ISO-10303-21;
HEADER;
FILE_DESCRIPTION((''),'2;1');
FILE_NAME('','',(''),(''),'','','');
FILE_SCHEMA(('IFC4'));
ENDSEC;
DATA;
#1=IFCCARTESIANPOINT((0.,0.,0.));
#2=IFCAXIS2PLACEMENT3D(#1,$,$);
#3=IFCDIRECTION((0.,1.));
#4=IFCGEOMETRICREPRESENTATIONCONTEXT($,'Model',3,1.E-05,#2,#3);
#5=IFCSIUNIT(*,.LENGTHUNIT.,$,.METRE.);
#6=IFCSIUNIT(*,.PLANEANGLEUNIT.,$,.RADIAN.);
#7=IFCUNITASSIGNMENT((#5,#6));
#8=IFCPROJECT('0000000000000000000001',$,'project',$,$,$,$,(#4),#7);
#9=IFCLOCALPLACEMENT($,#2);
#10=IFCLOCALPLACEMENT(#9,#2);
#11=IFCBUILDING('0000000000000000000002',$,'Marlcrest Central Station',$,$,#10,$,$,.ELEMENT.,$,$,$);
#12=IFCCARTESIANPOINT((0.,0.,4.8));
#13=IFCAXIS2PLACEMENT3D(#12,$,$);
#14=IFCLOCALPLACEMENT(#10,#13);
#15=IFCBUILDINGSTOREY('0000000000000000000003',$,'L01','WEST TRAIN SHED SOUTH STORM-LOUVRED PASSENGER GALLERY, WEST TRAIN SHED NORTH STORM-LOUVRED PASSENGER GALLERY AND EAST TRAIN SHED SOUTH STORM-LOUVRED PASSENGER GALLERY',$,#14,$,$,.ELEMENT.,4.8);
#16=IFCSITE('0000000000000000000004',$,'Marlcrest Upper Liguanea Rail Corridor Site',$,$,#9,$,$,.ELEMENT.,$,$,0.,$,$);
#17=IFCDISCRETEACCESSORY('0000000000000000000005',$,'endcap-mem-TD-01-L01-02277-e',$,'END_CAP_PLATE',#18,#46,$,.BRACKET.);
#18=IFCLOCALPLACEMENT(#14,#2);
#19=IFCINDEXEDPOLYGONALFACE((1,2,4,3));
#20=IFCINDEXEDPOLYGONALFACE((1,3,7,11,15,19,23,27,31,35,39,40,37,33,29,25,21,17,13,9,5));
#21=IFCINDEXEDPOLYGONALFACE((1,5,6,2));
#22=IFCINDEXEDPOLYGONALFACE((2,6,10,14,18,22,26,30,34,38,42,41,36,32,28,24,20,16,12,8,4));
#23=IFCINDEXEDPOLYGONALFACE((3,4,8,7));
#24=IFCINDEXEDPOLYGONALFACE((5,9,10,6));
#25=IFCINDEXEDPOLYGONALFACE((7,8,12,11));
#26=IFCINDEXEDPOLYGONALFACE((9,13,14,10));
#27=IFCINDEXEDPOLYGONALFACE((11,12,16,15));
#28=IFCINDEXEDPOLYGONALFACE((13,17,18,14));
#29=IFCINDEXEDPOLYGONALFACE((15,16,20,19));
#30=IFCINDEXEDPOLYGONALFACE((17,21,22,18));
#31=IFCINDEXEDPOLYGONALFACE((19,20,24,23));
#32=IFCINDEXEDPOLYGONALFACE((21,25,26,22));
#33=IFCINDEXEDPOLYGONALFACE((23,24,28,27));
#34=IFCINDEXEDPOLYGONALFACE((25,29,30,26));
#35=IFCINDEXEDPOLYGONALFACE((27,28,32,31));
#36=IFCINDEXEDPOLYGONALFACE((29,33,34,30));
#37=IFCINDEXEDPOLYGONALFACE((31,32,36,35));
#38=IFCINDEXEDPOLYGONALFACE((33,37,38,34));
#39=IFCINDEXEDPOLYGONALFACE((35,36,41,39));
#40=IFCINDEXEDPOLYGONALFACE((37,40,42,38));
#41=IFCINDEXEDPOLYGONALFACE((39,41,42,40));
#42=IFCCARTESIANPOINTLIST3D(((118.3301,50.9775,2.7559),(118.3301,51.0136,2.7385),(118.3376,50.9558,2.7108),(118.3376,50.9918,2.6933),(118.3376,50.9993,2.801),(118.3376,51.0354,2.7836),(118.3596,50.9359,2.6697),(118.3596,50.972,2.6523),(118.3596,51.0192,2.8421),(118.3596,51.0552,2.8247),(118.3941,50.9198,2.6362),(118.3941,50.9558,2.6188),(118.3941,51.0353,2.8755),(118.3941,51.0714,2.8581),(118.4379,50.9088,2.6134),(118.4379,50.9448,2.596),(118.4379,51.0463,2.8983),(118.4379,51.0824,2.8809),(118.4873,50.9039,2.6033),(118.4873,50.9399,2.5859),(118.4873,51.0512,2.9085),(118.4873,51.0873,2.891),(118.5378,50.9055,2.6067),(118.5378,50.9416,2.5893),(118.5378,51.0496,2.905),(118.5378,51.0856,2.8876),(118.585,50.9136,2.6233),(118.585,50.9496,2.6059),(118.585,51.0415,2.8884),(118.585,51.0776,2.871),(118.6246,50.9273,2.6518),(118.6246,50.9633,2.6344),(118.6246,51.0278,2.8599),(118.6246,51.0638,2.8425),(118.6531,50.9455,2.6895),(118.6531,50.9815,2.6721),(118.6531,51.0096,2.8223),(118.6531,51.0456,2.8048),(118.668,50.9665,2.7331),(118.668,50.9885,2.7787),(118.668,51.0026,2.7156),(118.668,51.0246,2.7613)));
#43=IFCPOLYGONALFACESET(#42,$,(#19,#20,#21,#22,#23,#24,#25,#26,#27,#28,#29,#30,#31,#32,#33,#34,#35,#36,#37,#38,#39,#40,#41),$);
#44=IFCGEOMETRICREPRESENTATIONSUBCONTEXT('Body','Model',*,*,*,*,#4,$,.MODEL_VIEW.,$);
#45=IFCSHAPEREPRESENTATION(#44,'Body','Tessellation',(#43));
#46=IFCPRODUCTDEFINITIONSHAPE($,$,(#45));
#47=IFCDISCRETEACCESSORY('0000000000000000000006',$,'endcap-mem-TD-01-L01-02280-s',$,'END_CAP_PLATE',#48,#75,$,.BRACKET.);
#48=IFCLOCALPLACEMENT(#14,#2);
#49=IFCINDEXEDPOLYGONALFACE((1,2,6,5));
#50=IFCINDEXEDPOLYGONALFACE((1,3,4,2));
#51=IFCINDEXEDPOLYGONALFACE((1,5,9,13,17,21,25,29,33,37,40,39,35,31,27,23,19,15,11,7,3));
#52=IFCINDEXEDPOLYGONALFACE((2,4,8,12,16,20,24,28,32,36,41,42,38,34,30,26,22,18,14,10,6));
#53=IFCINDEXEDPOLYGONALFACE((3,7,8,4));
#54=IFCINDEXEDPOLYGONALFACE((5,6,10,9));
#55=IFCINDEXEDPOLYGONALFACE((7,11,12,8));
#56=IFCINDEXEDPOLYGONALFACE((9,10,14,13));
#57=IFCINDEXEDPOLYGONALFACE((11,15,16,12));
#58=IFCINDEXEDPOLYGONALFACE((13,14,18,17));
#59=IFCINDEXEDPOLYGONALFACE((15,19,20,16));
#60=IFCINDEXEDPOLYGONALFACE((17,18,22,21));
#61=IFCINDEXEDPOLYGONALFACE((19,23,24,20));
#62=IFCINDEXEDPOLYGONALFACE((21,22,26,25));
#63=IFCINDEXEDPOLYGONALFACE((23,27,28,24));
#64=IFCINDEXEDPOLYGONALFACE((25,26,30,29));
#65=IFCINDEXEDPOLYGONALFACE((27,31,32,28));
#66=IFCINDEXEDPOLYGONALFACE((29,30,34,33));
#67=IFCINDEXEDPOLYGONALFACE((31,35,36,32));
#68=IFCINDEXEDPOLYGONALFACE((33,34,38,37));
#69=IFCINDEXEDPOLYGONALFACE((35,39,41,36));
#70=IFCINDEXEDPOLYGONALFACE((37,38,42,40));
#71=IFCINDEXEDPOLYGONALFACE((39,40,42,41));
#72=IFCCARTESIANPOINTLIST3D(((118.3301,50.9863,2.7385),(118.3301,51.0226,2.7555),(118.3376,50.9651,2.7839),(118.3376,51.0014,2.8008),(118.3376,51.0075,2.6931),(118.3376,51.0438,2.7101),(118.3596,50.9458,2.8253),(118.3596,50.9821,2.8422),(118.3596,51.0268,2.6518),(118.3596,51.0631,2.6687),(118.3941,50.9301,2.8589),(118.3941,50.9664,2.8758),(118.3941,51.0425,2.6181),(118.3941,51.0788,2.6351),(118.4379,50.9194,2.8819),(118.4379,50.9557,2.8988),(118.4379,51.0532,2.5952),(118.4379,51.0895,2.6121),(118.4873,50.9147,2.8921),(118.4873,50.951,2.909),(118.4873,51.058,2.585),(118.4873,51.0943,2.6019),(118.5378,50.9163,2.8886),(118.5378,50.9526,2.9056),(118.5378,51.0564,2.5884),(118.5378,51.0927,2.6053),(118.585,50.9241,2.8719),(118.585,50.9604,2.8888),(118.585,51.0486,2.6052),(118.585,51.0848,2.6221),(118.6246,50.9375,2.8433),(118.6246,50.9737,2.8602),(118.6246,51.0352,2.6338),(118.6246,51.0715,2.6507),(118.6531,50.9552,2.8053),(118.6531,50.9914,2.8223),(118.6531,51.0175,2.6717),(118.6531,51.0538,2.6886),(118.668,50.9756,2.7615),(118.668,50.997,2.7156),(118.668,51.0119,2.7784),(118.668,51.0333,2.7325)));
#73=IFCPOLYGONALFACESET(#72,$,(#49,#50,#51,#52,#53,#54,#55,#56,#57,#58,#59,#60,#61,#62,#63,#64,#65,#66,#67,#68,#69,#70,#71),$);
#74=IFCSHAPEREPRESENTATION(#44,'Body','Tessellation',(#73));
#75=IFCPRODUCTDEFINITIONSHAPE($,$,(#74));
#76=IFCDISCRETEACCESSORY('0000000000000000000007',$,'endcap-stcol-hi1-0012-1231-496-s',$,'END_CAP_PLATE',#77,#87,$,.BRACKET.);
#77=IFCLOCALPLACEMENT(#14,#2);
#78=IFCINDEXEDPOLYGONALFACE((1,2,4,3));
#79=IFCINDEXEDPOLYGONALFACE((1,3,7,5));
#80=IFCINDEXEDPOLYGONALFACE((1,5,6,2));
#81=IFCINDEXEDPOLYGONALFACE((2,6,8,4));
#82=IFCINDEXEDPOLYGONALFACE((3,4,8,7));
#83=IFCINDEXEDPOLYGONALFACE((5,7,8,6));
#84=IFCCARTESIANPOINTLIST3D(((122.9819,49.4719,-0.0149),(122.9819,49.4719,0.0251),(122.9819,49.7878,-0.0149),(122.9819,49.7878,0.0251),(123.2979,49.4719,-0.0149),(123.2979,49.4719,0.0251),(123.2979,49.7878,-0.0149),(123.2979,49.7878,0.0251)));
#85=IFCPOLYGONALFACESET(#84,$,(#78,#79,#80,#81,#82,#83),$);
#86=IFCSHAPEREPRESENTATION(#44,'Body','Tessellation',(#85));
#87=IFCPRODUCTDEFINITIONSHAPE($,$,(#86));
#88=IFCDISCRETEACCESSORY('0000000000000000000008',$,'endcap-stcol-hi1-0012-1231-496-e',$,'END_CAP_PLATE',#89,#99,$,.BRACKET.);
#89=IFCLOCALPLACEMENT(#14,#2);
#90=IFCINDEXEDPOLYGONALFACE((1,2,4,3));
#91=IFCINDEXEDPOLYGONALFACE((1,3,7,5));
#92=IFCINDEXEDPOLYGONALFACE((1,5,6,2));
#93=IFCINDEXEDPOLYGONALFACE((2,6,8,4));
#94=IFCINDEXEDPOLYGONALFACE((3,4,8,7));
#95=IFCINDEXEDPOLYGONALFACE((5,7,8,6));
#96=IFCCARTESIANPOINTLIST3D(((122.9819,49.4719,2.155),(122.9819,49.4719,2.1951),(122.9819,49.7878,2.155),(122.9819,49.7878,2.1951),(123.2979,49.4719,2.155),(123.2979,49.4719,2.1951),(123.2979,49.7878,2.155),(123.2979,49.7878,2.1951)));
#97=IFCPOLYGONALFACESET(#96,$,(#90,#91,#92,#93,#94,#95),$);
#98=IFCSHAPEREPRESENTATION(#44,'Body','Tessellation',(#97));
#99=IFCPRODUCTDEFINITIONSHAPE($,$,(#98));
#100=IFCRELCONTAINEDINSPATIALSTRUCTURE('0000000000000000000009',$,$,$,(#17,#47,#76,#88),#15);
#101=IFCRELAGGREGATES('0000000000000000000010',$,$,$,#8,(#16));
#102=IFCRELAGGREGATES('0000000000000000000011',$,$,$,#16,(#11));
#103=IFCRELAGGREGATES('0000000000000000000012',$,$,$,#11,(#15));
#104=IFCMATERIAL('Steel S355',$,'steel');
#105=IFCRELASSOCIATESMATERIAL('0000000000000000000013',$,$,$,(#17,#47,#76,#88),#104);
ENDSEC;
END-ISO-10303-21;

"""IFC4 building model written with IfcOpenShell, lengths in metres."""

from ifc_helpers import new_model, si_unit, direction, frame, origin, origin_2d, place, context, subcontext, project, spatial, rectangle, circle, extrude, material, element, save


model = new_model("IFC4")

# Units and contexts
model_context = context("Model", 3, precision=1e-05, world=origin(), true_north=direction((0.0, 1.0)))
body_context = subcontext(model_context, "Body", "Model", "MODEL_VIEW")
ifc_project = project(units=[si_unit("LENGTHUNIT", "METRE"), si_unit("PLANEANGLEUNIT", "RADIAN")], contexts=[model_context])

# Site, building, storey
site_placement = place(None, origin())
site = spatial("IfcSite", under=ifc_project, at=site_placement, Name="Marlcrest Upper Liguanea Rail Corridor Site", CompositionType="ELEMENT", RefElevation=0.0)
building_placement = place(site_placement, origin())
building = spatial("IfcBuilding", under=site, at=building_placement, Name="Marlcrest Central Station", CompositionType="ELEMENT")
storey_placement = place(building_placement, frame((0.0, 0.0, 4.8)))
storey = spatial("IfcBuildingStorey", under=building, at=storey_placement, Name="L01", Description="WEST TRAIN SHED SOUTH STORM-LOUVRED PASSENGER GALLERY, WEST TRAIN SHED NORTH STORM-LOUVRED PASSENGER GALLERY AND EAST TRAIN SHED SOUTH STORM-LOUVRED PASSENGER GALLERY", CompositionType="ELEMENT", Elevation=4.8)

# Shared definitions
ifc_material_1 = material(Name="Steel S355", Category="steel")

# Discrete accessories
for number, where, z_axis, x_axis, name in (
    (1, (118.5, 50.9775, 2.7559), (0.0, 0.900552, -0.434749), (-1.0, 0.0, 0.0), "endcap-mem-TD-01-L01-02277-e"),
    (2, (118.5, 50.9863, 2.7385), (0.0, 0.906183, 0.422885), (-1.0, 0.0, 0.0), "endcap-mem-TD-01-L01-02280-s"),
):
    element("IfcDiscreteAccessory", number, at=place(storey_placement, frame(where, z_axis=z_axis, x_axis=x_axis)), inside=storey, material=ifc_material_1, Name=name, ObjectType="END_CAP_PLATE", PredefinedType="BRACKET", context=body_context, shape_type="SweptSolid", body=[
        extrude(circle(Radius=0.1699, at=origin_2d()), origin(), (0.0, 0.0, 1.0), 0.04),
    ])
for number, where, z_axis, x_axis, name in (
    (3, (123.1399, 49.6299, -0.0149), (0.0, 0.0, 1.0), (1.0, 0.0, 0.0), "endcap-stcol-hi1-0012-1231-496-s"),
    (4, (123.1399, 49.6299, 2.155), (0.0, 0.0, 1.0), (1.0, 0.0, 0.0), "endcap-stcol-hi1-0012-1231-496-e"),
):
    element("IfcDiscreteAccessory", number, at=place(storey_placement, frame(where, z_axis=z_axis, x_axis=x_axis)), inside=storey, material=ifc_material_1, Name=name, ObjectType="END_CAP_PLATE", PredefinedType="BRACKET", context=body_context, shape_type="SweptSolid", body=[
        extrude(rectangle(XDim=0.3159, YDim=0.3159, at=origin_2d()), origin(), (0.0, 0.0, 1.0), 0.04),
    ])

save(model, "model.ifc")
